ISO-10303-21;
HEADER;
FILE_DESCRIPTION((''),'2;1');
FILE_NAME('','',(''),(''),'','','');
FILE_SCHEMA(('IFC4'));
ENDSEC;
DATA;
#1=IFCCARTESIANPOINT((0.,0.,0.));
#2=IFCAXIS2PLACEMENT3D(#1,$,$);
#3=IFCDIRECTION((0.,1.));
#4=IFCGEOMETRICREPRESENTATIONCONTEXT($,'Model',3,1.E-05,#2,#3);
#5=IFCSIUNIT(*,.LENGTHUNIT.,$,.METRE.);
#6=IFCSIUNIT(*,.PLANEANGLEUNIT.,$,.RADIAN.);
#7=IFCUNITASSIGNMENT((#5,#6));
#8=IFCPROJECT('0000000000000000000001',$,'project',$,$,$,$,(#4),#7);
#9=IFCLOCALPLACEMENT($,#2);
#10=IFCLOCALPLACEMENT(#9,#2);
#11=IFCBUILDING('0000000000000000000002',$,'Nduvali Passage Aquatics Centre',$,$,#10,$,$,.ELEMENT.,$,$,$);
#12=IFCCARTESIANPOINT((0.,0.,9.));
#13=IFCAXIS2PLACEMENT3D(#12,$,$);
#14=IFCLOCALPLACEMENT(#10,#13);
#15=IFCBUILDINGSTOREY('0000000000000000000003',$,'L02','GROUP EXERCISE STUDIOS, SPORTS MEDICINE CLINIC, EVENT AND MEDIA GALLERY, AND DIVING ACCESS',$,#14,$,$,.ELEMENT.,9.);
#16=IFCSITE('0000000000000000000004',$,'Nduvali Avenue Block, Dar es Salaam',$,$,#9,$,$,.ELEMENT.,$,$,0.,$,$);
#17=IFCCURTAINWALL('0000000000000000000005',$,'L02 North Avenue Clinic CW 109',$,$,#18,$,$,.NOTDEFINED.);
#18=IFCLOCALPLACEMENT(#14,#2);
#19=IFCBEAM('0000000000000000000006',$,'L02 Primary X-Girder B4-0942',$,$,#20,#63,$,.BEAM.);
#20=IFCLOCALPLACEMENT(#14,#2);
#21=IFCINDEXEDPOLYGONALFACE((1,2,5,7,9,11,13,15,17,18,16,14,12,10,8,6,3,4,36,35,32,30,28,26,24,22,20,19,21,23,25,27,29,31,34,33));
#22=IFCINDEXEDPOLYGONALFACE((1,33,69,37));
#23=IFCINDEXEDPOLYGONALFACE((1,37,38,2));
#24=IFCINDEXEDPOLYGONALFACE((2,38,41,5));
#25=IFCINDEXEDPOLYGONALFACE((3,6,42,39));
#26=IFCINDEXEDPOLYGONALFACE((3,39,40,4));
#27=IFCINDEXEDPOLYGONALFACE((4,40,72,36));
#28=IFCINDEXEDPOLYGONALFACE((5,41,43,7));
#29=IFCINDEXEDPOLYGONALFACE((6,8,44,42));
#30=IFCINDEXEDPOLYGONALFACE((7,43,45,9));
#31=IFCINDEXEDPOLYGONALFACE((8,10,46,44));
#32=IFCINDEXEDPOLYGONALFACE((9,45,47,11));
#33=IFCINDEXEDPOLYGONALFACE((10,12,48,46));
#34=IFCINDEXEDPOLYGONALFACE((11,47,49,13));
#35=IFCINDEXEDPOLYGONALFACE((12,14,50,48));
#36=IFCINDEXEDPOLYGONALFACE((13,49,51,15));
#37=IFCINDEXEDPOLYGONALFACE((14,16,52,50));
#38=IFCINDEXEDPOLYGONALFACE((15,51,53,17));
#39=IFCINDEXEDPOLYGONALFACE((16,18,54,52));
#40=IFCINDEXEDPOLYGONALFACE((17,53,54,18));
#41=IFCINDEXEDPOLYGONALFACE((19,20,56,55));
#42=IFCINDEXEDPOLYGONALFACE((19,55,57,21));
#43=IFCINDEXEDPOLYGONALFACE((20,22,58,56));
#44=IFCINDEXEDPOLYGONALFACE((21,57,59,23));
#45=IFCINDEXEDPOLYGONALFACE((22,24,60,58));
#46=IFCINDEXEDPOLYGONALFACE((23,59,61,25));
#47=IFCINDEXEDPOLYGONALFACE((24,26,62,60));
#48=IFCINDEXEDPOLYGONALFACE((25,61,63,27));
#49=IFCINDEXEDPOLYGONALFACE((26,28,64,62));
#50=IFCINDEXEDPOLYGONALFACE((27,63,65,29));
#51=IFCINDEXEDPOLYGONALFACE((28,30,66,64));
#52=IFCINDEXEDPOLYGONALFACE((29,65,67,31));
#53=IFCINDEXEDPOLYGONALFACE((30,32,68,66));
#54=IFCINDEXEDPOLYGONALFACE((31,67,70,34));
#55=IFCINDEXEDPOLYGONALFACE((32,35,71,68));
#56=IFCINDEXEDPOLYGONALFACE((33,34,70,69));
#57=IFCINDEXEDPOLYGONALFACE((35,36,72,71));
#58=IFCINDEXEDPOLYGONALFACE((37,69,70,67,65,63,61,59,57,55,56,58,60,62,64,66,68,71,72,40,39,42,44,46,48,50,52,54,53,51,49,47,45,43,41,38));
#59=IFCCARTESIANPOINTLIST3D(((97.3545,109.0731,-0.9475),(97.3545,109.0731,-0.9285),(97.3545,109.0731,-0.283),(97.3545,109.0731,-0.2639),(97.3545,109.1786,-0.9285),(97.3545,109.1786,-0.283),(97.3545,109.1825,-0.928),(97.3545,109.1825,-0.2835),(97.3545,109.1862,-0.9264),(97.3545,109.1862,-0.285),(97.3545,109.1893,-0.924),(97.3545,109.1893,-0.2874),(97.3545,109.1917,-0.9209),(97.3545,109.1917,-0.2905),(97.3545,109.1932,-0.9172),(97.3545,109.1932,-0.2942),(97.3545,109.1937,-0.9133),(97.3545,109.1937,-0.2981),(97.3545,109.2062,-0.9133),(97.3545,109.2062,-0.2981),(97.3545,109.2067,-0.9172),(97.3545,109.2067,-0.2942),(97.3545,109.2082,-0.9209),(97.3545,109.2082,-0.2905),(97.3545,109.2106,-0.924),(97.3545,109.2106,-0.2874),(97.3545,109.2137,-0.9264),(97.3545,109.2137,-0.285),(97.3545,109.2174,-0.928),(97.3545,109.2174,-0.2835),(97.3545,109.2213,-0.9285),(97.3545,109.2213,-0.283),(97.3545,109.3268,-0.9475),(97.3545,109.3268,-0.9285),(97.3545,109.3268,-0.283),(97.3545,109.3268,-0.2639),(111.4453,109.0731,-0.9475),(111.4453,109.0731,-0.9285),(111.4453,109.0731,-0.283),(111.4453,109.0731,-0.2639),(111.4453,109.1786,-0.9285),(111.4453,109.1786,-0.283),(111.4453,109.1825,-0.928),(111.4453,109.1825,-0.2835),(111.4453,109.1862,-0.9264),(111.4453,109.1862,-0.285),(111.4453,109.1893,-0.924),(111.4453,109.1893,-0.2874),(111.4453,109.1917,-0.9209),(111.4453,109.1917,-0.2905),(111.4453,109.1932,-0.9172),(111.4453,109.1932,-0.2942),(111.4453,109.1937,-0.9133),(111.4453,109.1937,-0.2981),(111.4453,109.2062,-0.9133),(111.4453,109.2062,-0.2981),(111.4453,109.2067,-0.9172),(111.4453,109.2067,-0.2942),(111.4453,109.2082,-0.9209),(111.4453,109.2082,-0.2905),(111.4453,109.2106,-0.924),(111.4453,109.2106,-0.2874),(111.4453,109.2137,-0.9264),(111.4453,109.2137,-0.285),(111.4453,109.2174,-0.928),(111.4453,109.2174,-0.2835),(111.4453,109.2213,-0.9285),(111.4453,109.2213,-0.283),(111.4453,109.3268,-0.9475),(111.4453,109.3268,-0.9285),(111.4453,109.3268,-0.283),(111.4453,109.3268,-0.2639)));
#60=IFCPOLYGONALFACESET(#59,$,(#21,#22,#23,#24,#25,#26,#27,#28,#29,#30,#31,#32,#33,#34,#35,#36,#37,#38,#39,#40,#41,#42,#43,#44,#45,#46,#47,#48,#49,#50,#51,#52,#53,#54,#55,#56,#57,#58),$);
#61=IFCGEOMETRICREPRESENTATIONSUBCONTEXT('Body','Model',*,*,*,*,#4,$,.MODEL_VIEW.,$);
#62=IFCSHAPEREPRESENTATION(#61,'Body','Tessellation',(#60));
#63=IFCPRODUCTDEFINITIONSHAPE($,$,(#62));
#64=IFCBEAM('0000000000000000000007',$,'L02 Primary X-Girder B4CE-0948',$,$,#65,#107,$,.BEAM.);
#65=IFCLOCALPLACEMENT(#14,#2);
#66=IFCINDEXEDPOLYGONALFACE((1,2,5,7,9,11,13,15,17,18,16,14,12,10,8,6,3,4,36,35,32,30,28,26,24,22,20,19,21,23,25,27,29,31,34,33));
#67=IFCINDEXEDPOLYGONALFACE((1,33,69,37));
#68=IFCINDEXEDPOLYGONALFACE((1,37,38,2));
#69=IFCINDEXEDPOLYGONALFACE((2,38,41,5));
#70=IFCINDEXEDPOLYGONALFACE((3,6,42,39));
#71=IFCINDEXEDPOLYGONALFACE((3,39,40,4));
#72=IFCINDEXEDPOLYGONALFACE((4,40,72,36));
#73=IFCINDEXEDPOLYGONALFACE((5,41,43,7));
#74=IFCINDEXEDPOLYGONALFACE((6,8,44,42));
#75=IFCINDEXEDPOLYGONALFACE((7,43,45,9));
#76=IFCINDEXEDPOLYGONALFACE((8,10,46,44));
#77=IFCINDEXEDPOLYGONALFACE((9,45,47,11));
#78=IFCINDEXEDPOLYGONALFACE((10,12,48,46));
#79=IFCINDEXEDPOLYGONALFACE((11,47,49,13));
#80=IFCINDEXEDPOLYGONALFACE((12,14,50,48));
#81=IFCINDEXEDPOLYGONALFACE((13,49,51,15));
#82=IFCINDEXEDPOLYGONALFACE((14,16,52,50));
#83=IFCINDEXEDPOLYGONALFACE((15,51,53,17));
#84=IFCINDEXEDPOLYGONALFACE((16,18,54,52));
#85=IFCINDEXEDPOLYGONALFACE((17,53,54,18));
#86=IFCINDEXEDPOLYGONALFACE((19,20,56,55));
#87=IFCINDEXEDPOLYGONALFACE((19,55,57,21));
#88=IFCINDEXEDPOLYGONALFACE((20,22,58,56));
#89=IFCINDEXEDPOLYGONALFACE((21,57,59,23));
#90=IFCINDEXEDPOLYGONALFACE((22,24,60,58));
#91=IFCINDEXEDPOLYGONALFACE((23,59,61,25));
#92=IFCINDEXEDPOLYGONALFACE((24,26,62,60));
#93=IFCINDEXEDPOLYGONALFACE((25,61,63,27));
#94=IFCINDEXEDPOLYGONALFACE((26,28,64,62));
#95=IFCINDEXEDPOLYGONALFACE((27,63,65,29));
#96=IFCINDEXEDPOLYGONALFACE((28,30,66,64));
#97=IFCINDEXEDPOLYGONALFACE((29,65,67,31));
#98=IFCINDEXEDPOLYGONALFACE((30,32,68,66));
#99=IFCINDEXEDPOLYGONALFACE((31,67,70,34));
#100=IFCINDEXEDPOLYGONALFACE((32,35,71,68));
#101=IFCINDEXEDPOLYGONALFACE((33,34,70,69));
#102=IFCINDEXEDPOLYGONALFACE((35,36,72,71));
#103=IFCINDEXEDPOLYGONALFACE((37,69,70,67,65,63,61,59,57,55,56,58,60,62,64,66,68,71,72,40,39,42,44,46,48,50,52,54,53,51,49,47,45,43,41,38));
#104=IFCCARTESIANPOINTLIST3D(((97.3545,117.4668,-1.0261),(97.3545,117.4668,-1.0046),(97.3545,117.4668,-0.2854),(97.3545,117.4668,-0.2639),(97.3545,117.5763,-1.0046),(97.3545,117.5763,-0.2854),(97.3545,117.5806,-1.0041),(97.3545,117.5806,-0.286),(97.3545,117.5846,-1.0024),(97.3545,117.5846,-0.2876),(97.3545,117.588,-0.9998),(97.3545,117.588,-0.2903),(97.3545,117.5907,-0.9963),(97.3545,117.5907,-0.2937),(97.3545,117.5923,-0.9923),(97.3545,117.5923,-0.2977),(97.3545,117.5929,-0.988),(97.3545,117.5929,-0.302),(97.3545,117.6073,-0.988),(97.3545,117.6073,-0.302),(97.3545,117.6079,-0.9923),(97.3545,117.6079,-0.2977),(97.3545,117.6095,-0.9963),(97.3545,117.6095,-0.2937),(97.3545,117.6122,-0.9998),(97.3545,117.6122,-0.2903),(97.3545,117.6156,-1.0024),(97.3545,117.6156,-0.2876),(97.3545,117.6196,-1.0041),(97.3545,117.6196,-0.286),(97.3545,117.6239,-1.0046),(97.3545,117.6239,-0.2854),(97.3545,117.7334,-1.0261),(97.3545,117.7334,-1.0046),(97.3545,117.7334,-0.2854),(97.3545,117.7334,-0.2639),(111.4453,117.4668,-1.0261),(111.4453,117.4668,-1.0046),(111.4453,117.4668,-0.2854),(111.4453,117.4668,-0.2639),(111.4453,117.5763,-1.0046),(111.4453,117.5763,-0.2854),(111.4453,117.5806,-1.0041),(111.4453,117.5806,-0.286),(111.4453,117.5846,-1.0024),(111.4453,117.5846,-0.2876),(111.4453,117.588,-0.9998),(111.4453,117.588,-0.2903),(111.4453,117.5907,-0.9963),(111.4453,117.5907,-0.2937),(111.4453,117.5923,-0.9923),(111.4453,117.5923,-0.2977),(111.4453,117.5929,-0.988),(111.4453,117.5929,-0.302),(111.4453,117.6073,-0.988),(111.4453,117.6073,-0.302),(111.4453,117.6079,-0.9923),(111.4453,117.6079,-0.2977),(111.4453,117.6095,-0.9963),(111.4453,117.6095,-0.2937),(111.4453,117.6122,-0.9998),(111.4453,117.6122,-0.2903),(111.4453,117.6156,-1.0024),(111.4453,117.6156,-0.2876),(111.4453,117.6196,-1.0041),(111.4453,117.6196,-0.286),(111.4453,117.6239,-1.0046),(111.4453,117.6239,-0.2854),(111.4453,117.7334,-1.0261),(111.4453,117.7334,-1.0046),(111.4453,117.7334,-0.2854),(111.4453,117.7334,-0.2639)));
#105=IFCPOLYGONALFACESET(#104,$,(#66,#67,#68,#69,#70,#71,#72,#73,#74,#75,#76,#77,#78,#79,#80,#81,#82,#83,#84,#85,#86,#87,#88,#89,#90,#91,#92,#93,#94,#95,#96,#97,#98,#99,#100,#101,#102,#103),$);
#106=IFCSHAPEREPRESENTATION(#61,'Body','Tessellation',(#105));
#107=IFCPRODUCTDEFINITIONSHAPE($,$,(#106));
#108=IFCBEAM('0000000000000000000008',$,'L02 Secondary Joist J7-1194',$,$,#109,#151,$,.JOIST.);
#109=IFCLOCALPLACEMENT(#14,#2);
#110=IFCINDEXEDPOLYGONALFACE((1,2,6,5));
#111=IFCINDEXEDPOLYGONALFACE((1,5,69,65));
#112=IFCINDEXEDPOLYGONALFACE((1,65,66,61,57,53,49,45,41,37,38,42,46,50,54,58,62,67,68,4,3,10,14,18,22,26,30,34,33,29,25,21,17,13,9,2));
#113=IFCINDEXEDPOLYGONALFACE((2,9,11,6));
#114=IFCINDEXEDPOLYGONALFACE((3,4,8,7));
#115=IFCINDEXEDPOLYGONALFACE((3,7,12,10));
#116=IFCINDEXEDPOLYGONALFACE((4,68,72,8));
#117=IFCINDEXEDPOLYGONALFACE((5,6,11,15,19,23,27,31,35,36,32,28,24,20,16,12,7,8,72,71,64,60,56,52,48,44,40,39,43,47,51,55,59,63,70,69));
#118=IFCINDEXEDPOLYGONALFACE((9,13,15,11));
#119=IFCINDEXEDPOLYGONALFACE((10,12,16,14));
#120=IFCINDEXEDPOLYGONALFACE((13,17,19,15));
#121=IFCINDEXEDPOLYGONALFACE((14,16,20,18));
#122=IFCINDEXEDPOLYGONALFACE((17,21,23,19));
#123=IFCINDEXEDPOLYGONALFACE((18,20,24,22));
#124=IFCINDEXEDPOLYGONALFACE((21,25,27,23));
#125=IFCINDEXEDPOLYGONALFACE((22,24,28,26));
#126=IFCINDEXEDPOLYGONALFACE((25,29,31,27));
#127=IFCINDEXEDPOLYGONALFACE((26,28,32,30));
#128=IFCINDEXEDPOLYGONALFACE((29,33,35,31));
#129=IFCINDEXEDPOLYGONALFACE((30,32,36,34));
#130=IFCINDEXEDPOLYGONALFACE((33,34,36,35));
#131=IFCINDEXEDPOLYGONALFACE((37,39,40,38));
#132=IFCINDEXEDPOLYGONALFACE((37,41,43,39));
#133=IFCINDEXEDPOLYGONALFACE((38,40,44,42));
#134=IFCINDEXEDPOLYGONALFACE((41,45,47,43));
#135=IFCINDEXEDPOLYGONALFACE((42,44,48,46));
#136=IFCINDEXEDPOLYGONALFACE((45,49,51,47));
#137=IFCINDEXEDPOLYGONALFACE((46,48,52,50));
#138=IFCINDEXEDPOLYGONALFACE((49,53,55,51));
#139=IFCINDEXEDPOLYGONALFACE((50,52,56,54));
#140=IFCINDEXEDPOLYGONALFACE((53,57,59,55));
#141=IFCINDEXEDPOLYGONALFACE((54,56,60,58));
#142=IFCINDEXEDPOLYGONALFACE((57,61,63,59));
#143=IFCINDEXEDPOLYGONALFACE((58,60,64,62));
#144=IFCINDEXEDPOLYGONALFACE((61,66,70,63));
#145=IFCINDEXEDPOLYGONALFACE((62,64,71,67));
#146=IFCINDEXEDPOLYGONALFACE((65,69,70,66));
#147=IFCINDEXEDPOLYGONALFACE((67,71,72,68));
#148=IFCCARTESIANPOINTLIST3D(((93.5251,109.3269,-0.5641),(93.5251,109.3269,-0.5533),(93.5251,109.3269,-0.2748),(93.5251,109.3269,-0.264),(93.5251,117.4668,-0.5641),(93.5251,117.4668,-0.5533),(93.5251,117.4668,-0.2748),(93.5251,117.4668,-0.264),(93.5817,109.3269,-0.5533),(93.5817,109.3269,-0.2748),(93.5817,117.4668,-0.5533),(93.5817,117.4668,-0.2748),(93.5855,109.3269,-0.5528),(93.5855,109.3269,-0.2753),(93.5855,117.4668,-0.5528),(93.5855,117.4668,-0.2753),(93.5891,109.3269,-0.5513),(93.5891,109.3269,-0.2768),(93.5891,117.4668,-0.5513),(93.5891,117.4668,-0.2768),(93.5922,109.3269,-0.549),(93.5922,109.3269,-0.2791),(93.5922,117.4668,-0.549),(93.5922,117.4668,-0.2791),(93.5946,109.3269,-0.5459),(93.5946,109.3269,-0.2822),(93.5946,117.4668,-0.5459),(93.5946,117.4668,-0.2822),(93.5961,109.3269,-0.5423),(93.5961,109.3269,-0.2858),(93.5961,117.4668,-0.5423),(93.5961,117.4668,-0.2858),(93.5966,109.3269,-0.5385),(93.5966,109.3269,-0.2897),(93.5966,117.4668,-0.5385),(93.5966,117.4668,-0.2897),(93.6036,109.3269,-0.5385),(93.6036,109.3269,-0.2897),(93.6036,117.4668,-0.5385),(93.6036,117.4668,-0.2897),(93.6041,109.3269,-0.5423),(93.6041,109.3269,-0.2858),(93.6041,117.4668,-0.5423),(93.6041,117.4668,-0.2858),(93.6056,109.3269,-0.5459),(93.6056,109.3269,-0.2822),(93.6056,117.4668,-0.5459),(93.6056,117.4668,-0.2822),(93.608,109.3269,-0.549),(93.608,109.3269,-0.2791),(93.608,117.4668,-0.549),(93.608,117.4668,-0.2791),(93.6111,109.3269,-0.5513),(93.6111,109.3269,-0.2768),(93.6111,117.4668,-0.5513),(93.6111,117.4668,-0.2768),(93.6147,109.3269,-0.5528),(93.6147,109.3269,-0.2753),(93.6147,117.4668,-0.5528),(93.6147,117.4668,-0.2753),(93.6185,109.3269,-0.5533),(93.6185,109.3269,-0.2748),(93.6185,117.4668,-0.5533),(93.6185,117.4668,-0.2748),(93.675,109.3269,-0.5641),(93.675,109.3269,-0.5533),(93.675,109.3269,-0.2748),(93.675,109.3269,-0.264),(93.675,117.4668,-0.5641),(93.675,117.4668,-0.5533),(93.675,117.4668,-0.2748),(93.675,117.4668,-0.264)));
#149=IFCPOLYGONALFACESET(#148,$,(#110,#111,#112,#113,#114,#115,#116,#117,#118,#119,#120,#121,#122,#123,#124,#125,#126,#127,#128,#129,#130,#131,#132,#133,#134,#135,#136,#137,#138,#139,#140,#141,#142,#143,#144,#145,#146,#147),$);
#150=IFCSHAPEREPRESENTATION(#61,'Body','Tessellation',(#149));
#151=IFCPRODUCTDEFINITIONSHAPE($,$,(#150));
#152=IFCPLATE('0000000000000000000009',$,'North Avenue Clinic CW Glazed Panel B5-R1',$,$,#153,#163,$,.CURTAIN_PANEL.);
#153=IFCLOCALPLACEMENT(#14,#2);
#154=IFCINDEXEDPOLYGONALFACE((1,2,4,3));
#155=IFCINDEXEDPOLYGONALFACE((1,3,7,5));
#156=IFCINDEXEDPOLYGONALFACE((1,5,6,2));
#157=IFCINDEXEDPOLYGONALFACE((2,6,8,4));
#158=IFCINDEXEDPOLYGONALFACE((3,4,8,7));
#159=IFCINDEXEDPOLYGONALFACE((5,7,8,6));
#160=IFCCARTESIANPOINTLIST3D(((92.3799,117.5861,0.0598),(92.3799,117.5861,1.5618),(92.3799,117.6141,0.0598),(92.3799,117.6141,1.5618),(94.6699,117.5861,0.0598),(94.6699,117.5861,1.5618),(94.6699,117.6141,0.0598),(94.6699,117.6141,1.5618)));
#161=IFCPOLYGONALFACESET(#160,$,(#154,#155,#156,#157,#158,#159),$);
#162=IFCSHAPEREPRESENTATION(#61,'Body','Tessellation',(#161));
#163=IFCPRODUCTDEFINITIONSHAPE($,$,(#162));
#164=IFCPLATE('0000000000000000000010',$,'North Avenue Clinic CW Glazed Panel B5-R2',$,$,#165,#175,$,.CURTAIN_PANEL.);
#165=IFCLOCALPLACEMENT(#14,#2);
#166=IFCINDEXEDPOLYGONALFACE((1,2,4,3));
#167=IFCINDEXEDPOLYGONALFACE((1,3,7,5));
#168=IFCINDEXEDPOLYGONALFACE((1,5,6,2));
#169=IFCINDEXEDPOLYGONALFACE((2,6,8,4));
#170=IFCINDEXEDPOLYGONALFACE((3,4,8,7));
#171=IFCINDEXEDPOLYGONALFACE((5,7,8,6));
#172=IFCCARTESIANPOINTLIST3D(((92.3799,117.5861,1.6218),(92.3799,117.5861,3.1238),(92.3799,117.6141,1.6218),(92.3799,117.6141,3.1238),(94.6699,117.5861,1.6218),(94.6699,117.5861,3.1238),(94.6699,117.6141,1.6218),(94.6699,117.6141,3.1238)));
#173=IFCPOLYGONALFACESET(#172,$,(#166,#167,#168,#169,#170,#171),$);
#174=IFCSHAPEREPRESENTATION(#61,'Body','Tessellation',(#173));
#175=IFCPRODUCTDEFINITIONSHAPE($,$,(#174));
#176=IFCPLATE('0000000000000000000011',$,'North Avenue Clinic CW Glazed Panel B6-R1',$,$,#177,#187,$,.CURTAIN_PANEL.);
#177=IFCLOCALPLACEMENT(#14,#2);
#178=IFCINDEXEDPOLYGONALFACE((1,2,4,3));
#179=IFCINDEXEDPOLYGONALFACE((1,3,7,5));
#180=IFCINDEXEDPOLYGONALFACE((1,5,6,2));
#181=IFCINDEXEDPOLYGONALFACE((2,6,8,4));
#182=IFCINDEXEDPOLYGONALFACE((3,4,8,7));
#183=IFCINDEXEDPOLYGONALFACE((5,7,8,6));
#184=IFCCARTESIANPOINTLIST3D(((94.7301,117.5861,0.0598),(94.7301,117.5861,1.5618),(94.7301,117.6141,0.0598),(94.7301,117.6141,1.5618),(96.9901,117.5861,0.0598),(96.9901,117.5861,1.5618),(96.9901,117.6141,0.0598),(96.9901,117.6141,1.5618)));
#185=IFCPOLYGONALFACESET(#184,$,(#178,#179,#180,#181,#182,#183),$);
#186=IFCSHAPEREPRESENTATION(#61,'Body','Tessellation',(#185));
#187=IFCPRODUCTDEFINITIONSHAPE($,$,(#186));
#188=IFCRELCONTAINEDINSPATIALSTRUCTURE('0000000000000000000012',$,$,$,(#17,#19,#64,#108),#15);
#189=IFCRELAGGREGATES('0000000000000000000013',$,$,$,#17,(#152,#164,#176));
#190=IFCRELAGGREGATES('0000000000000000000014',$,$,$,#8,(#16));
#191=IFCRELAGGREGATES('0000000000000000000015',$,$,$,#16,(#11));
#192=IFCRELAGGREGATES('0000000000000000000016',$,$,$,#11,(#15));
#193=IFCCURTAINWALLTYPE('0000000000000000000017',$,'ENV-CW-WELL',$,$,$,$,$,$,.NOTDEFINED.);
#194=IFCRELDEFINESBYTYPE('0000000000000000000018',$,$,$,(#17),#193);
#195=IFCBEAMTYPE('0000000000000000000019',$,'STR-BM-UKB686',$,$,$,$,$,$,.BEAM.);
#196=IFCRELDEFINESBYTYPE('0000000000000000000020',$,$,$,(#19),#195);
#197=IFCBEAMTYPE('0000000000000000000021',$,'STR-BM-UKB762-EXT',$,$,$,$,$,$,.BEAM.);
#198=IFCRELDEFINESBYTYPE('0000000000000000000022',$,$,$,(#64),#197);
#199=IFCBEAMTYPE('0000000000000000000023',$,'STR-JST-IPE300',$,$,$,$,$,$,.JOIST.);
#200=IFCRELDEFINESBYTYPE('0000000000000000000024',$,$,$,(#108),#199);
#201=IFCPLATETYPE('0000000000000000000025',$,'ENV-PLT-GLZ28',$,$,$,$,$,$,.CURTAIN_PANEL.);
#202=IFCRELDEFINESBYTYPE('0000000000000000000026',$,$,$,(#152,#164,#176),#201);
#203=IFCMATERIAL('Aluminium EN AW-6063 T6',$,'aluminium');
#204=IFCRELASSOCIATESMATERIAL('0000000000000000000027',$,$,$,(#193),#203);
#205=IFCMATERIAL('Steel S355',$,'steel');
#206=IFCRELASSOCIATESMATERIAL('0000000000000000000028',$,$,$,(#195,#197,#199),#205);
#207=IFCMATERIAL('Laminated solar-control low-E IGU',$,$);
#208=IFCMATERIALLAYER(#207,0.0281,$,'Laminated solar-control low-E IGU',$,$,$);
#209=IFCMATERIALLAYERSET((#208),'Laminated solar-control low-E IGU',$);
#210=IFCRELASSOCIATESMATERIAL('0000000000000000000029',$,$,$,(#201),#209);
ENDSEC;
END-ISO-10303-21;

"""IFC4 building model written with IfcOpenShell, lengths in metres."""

from ifc_helpers import new_model, si_unit, direction, frame, origin, origin_2d, place, context, subcontext, project, spatial, rectangle, i_section, extrude, material, layer, layer_set, material_profile, profile_set, type_object, element, aggregate, save


model = new_model("IFC4")

# Units and contexts
model_context = context("Model", 3, precision=1e-05, world=origin(), true_north=direction((0.0, 1.0)))
body_context = subcontext(model_context, "Body", "Model", "MODEL_VIEW")
ifc_project = project(units=[si_unit("LENGTHUNIT", "METRE"), si_unit("PLANEANGLEUNIT", "RADIAN")], contexts=[model_context])

# Site, building, storey
site_placement = place(None, origin())
site = spatial("IfcSite", under=ifc_project, at=site_placement, Name="Nduvali Avenue Block, Dar es Salaam", CompositionType="ELEMENT", RefElevation=0.0)
building_placement = place(site_placement, origin())
building = spatial("IfcBuilding", under=site, at=building_placement, Name="Nduvali Passage Aquatics Centre", CompositionType="ELEMENT")
storey_placement = place(building_placement, frame((0.0, 0.0, 9.0)))
storey = spatial("IfcBuildingStorey", under=building, at=storey_placement, Name="L02", Description="GROUP EXERCISE STUDIOS, SPORTS MEDICINE CLINIC, EVENT AND MEDIA GALLERY, AND DIVING ACCESS", CompositionType="ELEMENT", Elevation=9.0)

# Shared definitions
ifc_material_1 = material(Name="Steel S355", Category="steel")

# Curtain wall
ifc_material_2 = material(Name="Aluminium EN AW-6063 T6", Category="aluminium")
curtain_wall_type = type_object("IfcCurtainWallType", Name="ENV-CW-WELL", PredefinedType="NOTDEFINED", material=ifc_material_2)
curtain_wall_1_placement = place(storey_placement, origin())
curtain_wall_1 = element("IfcCurtainWall", 1, at=curtain_wall_1_placement, inside=storey, type_object=curtain_wall_type, Name="L02 North Avenue Clinic CW 109", PredefinedType="NOTDEFINED")

# Beams
ifc_material_profile_1 = material_profile(ifc_material_1, i_section(OverallWidth=0.2537, OverallDepth=0.6836, WebThickness=0.0125, FlangeThickness=0.019, FilletRadius=0.0151, at=origin_2d()), Name="UKB 686x254x140")
ifc_profile_set_1 = profile_set([ifc_material_profile_1], Name="Steel S355")
beam_type_1 = type_object("IfcBeamType", Name="STR-BM-UKB686", PredefinedType="BEAM", material=ifc_profile_set_1)
beam_1_placement = place(storey_placement, frame((97.3545, 109.2, -0.6057), z_axis=(1.0, 0.0, 0.0), x_axis=(0.0, 1.0, 0.0)))
element("IfcBeam", 2, at=beam_1_placement, inside=storey, type_object=beam_type_1, Name="L02 Primary X-Girder B4-0942", PredefinedType="BEAM", context=body_context, shape_type="SweptSolid", body=[
    extrude(i_section(OverallWidth=0.2537, OverallDepth=0.6836, WebThickness=0.0125, FlangeThickness=0.019, FilletRadius=0.0151, at=origin_2d()), origin(), (0.0, 0.0, 1.0), 14.0908),
])
ifc_material_profile_2 = material_profile(ifc_material_1, i_section(OverallWidth=0.2666, OverallDepth=0.7622, WebThickness=0.0144, FlangeThickness=0.0215, FilletRadius=0.0166, at=origin_2d()), Name="UKB 762x267x173")
ifc_profile_set_2 = profile_set([ifc_material_profile_2], Name="Steel S355")
beam_type_2 = type_object("IfcBeamType", Name="STR-BM-UKB762-EXT", PredefinedType="BEAM", material=ifc_profile_set_2)
beam_2_placement = place(storey_placement, frame((97.3545, 117.6001, -0.645), z_axis=(1.0, 0.0, 0.0), x_axis=(0.0, 1.0, 0.0)))
element("IfcBeam", 3, at=beam_2_placement, inside=storey, type_object=beam_type_2, Name="L02 Primary X-Girder B4CE-0948", PredefinedType="BEAM", context=body_context, shape_type="SweptSolid", body=[
    extrude(i_section(OverallWidth=0.2666, OverallDepth=0.7622, WebThickness=0.0144, FlangeThickness=0.0215, FilletRadius=0.0166, at=origin_2d()), origin(), (0.0, 0.0, 1.0), 14.0908),
])
ifc_material_profile_3 = material_profile(ifc_material_1, i_section(OverallWidth=0.1499, OverallDepth=0.3, WebThickness=0.0071, FlangeThickness=0.0107, FilletRadius=0.0149, at=origin_2d()), Name="IPE 300")
ifc_profile_set_3 = profile_set([ifc_material_profile_3], Name="Steel S355")
beam_type_3 = type_object("IfcBeamType", Name="STR-JST-IPE300", PredefinedType="JOIST", material=ifc_profile_set_3)
beam_3_placement = place(storey_placement, frame((93.6001, 109.3269, -0.4141), z_axis=(0.0, 1.0, 0.0), x_axis=(-1.0, 0.0, 0.0)))
element("IfcBeam", 4, at=beam_3_placement, inside=storey, type_object=beam_type_3, Name="L02 Secondary Joist J7-1194", PredefinedType="JOIST", context=body_context, shape_type="SweptSolid", body=[
    extrude(i_section(OverallWidth=0.1499, OverallDepth=0.3, WebThickness=0.0071, FlangeThickness=0.0107, FilletRadius=0.0149, at=origin_2d()), origin(), (0.0, 0.0, 1.0), 8.1399),
])

# Plates
ifc_material_3 = material(Name="Laminated solar-control low-E IGU")
ifc_layer = layer(ifc_material_3, 0.0281, Name="Laminated solar-control low-E IGU")
ifc_layer_set = layer_set([ifc_layer], Name="Laminated solar-control low-E IGU")
plate_type = type_object("IfcPlateType", Name="ENV-PLT-GLZ28", PredefinedType="CURTAIN_PANEL", material=ifc_layer_set)
plate_1_placement = place(storey_placement, frame((93.5249, 117.6001, 0.0598), z_axis=(0.0, 0.0, 1.0), x_axis=(1.0, 0.0, 0.0)))
plate_1 = element("IfcPlate", 5, at=plate_1_placement, type_object=plate_type, Name="North Avenue Clinic CW Glazed Panel B5-R1", PredefinedType="CURTAIN_PANEL", context=body_context, shape_type="SweptSolid", body=[
    extrude(rectangle(XDim=2.29, YDim=0.0281, at=origin_2d()), origin(), (0.0, 0.0, 1.0), 1.502),
])
plate_2_placement = place(storey_placement, frame((93.5249, 117.6001, 1.6218), z_axis=(0.0, 0.0, 1.0), x_axis=(1.0, 0.0, 0.0)))
plate_2 = element("IfcPlate", 6, at=plate_2_placement, type_object=plate_type, Name="North Avenue Clinic CW Glazed Panel B5-R2", PredefinedType="CURTAIN_PANEL", context=body_context, shape_type="SweptSolid", body=[
    extrude(rectangle(XDim=2.29, YDim=0.0281, at=origin_2d()), origin(), (0.0, 0.0, 1.0), 1.502),
])
plate_3_placement = place(storey_placement, frame((95.8601, 117.6001, 0.0598), z_axis=(0.0, 0.0, 1.0), x_axis=(1.0, 0.0, 0.0)))
plate_3 = element("IfcPlate", 7, at=plate_3_placement, type_object=plate_type, Name="North Avenue Clinic CW Glazed Panel B6-R1", PredefinedType="CURTAIN_PANEL", context=body_context, shape_type="SweptSolid", body=[
    extrude(rectangle(XDim=2.26, YDim=0.0281, at=origin_2d()), origin(), (0.0, 0.0, 1.0), 1.502),
])
aggregate(curtain_wall_1, [plate_1, plate_2, plate_3])

save(model, "model.ifc")
